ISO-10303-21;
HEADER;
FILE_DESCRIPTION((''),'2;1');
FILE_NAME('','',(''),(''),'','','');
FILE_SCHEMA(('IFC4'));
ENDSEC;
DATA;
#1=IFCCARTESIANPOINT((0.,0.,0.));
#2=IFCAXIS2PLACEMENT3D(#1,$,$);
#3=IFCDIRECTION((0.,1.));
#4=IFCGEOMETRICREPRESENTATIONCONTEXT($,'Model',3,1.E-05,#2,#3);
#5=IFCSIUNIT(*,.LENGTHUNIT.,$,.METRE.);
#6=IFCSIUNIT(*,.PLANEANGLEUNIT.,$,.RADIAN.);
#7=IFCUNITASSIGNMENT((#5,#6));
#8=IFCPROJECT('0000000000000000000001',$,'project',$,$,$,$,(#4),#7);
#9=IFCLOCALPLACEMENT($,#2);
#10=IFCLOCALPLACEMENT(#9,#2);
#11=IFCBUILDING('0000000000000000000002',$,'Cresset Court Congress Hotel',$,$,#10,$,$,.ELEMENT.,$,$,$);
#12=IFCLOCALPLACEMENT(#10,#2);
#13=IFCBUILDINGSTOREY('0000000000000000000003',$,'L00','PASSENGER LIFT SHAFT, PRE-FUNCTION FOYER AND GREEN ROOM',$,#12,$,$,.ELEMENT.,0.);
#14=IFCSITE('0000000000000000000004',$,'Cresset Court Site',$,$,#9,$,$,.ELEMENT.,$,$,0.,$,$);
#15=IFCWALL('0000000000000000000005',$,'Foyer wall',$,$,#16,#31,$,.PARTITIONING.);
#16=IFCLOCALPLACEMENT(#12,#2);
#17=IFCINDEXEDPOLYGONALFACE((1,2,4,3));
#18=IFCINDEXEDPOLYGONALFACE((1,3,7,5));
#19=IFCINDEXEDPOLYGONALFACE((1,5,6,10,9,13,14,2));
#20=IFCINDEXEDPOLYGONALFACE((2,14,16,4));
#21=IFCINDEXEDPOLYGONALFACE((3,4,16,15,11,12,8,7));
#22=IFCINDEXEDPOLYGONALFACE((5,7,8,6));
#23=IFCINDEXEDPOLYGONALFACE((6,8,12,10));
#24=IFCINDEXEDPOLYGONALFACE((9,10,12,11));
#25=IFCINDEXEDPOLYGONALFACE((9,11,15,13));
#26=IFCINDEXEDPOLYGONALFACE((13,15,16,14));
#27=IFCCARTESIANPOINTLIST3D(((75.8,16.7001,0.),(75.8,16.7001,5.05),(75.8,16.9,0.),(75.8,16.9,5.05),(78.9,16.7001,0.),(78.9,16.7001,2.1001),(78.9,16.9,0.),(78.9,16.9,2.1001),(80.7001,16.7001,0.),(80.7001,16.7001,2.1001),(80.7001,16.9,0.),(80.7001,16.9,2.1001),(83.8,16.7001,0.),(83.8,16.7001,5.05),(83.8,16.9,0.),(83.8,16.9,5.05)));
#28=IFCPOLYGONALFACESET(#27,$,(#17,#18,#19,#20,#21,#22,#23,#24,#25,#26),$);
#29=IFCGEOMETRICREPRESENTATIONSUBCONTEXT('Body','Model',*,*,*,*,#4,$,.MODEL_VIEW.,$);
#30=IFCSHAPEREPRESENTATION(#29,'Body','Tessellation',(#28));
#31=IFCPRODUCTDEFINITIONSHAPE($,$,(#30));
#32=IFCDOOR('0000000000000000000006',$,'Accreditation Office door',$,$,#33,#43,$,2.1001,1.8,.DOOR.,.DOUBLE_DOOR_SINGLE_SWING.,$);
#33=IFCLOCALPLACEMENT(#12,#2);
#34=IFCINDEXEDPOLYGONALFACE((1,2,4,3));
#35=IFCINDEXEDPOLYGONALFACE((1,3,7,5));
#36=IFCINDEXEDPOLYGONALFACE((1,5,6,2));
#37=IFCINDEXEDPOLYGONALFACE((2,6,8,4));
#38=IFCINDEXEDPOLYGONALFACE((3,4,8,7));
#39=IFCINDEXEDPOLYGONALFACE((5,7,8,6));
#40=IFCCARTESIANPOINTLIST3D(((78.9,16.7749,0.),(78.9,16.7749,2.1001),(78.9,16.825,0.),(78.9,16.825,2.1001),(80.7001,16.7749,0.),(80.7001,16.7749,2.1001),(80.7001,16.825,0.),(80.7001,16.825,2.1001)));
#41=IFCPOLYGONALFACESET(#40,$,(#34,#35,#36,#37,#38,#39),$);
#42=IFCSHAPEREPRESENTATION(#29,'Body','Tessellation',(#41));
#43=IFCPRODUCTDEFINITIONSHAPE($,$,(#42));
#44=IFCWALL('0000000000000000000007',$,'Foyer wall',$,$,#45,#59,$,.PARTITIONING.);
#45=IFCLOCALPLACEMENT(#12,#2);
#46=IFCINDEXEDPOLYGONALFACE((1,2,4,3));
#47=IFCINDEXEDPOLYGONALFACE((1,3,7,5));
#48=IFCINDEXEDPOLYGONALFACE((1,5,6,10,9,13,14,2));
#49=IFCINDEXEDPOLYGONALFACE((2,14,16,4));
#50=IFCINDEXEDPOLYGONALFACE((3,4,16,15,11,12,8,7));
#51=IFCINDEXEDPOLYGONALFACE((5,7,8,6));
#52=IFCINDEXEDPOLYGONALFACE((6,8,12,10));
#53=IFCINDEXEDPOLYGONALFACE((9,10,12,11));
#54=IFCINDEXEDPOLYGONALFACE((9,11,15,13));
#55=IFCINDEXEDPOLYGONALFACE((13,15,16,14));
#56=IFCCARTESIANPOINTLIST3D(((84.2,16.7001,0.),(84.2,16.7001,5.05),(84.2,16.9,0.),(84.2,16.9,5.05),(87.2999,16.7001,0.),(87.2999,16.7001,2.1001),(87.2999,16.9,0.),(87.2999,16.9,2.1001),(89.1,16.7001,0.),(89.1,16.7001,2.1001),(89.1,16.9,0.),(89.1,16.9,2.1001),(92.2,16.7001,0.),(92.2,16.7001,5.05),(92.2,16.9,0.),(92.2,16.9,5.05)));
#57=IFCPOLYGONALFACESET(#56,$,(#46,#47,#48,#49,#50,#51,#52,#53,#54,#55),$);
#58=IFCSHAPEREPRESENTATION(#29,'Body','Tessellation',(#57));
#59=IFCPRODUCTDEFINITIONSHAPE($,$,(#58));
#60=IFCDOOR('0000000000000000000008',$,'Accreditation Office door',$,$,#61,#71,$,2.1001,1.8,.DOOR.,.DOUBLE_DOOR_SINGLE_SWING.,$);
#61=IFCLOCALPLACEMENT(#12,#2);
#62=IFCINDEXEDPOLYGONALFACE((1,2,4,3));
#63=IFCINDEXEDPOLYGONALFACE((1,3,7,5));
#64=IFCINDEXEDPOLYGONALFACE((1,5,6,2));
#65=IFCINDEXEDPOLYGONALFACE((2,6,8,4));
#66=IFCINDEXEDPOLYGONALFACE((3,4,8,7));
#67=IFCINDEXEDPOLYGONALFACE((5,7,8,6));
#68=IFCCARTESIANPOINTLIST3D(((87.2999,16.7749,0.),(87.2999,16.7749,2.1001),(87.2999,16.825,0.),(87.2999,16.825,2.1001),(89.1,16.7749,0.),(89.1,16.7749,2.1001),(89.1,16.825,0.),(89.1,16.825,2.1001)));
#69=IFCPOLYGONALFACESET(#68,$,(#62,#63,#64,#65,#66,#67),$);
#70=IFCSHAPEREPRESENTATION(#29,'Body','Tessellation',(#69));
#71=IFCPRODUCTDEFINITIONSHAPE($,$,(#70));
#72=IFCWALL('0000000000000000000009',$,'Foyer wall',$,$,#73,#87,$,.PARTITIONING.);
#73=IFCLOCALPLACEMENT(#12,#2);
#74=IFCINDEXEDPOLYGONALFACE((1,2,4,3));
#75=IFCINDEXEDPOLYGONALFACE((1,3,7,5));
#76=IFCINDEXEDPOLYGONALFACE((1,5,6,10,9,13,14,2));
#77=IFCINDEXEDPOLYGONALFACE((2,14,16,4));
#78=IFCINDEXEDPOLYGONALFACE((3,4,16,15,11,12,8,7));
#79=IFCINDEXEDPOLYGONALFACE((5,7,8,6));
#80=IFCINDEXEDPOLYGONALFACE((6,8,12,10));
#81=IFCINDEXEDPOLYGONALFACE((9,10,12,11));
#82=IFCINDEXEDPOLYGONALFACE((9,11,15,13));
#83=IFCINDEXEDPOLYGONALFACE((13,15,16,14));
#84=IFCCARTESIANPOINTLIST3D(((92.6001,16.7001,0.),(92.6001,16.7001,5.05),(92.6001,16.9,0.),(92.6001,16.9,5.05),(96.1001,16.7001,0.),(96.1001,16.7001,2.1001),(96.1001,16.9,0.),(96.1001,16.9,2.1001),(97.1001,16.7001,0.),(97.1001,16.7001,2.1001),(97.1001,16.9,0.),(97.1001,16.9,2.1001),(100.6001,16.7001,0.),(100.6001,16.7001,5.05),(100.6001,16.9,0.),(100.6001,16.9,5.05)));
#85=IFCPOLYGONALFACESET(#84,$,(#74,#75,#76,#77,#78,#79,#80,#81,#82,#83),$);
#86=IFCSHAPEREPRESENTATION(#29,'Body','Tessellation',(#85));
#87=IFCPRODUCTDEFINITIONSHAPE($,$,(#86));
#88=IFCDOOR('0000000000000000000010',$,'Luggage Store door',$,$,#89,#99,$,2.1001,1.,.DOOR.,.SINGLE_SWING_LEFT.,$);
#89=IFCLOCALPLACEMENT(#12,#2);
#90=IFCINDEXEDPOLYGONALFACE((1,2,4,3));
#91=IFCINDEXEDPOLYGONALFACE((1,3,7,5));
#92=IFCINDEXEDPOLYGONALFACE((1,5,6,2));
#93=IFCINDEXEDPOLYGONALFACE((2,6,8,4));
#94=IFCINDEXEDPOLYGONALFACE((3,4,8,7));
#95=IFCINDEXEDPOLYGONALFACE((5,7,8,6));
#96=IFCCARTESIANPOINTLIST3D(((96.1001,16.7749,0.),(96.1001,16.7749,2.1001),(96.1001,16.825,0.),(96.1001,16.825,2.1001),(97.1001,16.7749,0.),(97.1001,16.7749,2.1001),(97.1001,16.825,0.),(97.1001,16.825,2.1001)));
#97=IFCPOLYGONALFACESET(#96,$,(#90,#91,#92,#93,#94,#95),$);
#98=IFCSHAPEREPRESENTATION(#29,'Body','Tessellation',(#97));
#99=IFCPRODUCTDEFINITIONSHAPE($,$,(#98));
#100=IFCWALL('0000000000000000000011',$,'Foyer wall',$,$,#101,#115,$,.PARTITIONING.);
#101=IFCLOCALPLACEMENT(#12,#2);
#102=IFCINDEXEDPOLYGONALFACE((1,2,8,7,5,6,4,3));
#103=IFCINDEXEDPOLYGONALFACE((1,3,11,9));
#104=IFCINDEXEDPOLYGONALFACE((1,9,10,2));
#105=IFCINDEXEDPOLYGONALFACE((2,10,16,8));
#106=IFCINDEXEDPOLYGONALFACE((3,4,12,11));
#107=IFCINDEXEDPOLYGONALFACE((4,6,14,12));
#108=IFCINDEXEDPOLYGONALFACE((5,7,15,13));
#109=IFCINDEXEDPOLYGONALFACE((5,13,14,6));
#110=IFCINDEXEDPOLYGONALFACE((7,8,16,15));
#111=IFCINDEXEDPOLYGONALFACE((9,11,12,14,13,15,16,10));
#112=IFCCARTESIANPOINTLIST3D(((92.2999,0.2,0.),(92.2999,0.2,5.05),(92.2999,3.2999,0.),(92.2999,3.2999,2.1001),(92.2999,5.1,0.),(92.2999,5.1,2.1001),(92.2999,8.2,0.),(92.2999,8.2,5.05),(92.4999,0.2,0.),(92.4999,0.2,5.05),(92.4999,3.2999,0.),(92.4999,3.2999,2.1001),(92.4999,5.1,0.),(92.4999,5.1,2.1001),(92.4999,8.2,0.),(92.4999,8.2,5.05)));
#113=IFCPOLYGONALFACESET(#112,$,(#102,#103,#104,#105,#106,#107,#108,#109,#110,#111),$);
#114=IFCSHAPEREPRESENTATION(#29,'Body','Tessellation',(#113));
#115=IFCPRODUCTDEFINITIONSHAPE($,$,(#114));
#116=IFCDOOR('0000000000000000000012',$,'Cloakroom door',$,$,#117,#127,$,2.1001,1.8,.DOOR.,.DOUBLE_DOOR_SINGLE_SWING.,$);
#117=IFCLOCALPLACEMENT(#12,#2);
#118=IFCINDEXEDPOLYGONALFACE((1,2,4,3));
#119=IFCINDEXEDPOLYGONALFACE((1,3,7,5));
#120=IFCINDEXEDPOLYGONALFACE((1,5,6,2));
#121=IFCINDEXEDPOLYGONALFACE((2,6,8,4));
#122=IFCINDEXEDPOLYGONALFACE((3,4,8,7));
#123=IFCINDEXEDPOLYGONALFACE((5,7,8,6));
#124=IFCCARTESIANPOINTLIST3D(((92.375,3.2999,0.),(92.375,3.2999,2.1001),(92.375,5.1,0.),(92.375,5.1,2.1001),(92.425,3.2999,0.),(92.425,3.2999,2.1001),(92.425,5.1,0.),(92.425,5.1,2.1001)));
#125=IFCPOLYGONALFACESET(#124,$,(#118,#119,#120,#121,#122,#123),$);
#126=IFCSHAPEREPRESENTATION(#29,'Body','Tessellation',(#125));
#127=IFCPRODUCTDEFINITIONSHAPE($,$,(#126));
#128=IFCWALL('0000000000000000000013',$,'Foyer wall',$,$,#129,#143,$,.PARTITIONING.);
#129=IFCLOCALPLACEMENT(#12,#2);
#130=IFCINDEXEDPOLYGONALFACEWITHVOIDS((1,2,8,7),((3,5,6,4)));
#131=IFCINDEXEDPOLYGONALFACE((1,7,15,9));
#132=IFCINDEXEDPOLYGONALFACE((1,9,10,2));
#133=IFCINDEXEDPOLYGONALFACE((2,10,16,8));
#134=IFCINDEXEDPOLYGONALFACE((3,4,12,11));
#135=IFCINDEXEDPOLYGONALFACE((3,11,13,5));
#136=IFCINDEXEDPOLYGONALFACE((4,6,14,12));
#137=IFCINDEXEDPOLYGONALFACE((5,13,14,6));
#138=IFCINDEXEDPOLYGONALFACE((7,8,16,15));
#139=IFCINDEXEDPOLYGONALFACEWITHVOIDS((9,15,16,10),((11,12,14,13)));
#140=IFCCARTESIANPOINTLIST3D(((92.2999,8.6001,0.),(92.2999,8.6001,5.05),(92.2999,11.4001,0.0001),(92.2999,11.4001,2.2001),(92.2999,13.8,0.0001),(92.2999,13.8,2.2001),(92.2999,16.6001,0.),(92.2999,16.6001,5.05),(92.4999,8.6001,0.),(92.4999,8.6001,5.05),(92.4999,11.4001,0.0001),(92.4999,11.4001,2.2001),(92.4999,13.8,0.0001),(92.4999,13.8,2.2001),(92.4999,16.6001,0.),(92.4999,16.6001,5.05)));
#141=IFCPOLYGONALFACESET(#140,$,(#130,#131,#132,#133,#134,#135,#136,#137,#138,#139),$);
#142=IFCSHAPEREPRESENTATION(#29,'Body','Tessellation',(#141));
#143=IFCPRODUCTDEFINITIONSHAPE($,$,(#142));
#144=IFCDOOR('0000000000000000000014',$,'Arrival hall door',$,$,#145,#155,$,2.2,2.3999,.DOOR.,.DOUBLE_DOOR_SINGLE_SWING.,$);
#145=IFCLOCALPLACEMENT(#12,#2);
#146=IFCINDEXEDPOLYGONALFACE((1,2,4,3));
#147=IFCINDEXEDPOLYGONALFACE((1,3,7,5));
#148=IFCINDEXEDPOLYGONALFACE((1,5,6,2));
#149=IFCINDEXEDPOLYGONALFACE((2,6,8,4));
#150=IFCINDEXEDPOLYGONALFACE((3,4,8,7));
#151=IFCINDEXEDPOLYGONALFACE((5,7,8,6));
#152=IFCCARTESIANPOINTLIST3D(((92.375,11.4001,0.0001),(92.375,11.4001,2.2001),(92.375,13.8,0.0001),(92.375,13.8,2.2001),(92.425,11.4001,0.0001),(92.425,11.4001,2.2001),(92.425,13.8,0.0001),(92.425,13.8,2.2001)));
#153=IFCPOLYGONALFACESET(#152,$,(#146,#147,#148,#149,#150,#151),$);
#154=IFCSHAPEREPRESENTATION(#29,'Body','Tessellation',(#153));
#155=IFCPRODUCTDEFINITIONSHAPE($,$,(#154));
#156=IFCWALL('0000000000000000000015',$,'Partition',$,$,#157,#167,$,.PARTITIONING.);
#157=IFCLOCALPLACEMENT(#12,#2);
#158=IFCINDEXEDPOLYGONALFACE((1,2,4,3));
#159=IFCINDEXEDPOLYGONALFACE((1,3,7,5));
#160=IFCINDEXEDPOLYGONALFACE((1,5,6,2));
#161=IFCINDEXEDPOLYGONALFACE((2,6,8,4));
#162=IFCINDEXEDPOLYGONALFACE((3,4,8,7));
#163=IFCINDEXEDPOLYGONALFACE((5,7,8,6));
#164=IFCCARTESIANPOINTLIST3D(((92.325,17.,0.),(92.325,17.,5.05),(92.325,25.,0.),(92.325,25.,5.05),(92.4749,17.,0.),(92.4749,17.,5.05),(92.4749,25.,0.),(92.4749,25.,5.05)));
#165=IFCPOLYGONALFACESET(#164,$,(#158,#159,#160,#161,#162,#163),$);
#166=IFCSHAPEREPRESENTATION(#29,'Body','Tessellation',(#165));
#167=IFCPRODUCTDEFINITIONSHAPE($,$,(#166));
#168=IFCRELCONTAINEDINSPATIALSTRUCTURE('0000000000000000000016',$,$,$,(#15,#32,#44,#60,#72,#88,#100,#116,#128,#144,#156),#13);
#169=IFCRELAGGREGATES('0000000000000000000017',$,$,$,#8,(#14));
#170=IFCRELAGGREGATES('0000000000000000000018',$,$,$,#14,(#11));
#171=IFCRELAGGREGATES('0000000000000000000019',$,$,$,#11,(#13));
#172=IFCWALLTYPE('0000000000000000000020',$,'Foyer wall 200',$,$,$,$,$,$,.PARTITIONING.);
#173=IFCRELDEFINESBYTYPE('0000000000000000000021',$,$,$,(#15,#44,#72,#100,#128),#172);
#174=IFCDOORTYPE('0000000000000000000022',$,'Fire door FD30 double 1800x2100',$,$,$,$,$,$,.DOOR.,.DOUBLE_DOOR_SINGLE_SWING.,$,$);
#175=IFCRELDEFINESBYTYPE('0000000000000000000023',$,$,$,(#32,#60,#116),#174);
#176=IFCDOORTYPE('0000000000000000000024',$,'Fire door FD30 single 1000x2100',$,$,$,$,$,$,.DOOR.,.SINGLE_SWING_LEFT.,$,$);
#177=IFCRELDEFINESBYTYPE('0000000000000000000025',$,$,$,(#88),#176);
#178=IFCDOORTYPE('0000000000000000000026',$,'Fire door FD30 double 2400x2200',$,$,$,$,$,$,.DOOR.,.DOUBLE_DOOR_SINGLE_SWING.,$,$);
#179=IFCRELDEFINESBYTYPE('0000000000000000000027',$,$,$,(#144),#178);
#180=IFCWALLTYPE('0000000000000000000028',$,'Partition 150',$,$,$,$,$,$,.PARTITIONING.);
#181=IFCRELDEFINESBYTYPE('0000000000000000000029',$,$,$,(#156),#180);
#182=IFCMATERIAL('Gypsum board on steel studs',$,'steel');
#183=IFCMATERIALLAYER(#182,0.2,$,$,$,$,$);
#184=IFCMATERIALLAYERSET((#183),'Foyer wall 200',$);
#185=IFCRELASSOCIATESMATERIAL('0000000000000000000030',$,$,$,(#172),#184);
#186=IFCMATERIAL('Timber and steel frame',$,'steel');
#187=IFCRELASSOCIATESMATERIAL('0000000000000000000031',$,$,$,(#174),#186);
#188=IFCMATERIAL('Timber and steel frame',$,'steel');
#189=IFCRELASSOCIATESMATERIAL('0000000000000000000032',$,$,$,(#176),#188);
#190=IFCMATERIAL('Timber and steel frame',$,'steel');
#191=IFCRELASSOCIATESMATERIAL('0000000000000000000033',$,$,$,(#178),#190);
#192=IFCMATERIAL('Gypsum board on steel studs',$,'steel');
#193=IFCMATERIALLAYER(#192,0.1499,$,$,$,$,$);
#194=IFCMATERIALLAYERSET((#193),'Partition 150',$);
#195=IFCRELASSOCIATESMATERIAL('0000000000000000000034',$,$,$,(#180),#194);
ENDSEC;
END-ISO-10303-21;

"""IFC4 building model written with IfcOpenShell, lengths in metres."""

from ifc_helpers import new_model, si_unit, direction, frame, frame_2d, origin, place, context, subcontext, project, spatial, rectangle, extrude, material, layer, layer_set, type_object, element, fill, save


model = new_model("IFC4")

# Units and contexts
model_context = context("Model", 3, precision=1e-05, world=origin(), true_north=direction((0.0, 1.0)))
body_context = subcontext(model_context, "Body", "Model", "MODEL_VIEW")
ifc_project = project(units=[si_unit("LENGTHUNIT", "METRE"), si_unit("PLANEANGLEUNIT", "RADIAN")], contexts=[model_context])

# Site, building, storey
site_placement = place(None, origin())
site = spatial("IfcSite", under=ifc_project, at=site_placement, Name="Cresset Court Site", CompositionType="ELEMENT", RefElevation=0.0)
building_placement = place(site_placement, origin())
building = spatial("IfcBuilding", under=site, at=building_placement, Name="Cresset Court Congress Hotel", CompositionType="ELEMENT")
storey_placement = place(building_placement, origin())
storey = spatial("IfcBuildingStorey", under=building, at=storey_placement, Name="L00", Description="PASSENGER LIFT SHAFT, PRE-FUNCTION FOYER AND GREEN ROOM", CompositionType="ELEMENT", Elevation=0.0)

# Shared definitions
ifc_material_1 = material(Name="Gypsum board on steel studs", Category="steel")
ifc_layer_1 = layer(ifc_material_1, 0.2)
ifc_layer_set_1 = layer_set([ifc_layer_1], Name="Foyer wall 200")
wall_type_1 = type_object("IfcWallType", Name="Foyer wall 200", PredefinedType="PARTITIONING", material=ifc_layer_set_1)

# Walls, openings, doors
wall_1_placement = place(storey_placement, frame((75.8, 16.8, 0.0), z_axis=(0.0, 0.0, 1.0), x_axis=(1.0, 0.0, 0.0)))
wall_1 = element("IfcWall", 1, at=wall_1_placement, inside=storey, type_object=wall_type_1, Name="Foyer wall", PredefinedType="PARTITIONING", context=body_context, shape_type="SweptSolid", body=[
    extrude(rectangle(XDim=8.0, YDim=0.2, at=frame_2d((4.0, 0.0))), origin(), (0.0, 0.0, 1.0), 5.05),
])
opening_1_placement = place(wall_1_placement, frame((3.1001, 0.0, 0.0)))
opening_1 = element("IfcOpeningElement", 2, at=opening_1_placement, cuts=wall_1, PredefinedType="OPENING", context=body_context, shape_type="SweptSolid", body=[
    extrude(rectangle(XDim=1.8, YDim=2.1001, at=frame_2d((0.8999, 1.05))), frame((0.0, 0.1099, 0.0), z_axis=(0.0, -1.0, 0.0), x_axis=(1.0, 0.0, 0.0)), (0.0, 0.0, 1.0), 0.22),
])
ifc_material_2 = material(Name="Timber and steel frame", Category="steel")
door_type_1 = type_object("IfcDoorType", Name="Fire door FD30 double 1800x2100", OperationType="DOUBLE_DOOR_SINGLE_SWING", PredefinedType="DOOR", material=ifc_material_2)
door_1_placement = place(opening_1_placement, origin())
door_1 = element("IfcDoor", 3, at=door_1_placement, inside=storey, type_object=door_type_1, Name="Accreditation Office door", OperationType="DOUBLE_DOOR_SINGLE_SWING", OverallHeight=2.1001, OverallWidth=1.8, PredefinedType="DOOR", context=body_context, shape_type="SweptSolid", body=[
    extrude(rectangle(XDim=1.8, YDim=2.1001, at=frame_2d((0.8999, 1.05))), frame((0.0, 0.0249, 0.0), z_axis=(0.0, -1.0, 0.0), x_axis=(1.0, 0.0, 0.0)), (0.0, 0.0, 1.0), 0.05),
])
fill(opening_1, door_1)
wall_2_placement = place(storey_placement, frame((84.2, 16.8, 0.0), z_axis=(0.0, 0.0, 1.0), x_axis=(1.0, 0.0, 0.0)))
wall_2 = element("IfcWall", 4, at=wall_2_placement, inside=storey, type_object=wall_type_1, Name="Foyer wall", PredefinedType="PARTITIONING", context=body_context, shape_type="SweptSolid", body=[
    extrude(rectangle(XDim=8.0, YDim=0.2, at=frame_2d((4.0, 0.0))), origin(), (0.0, 0.0, 1.0), 5.05),
])
opening_2_placement = place(wall_2_placement, frame((3.1001, 0.0, 0.0)))
opening_2 = element("IfcOpeningElement", 5, at=opening_2_placement, cuts=wall_2, PredefinedType="OPENING", context=body_context, shape_type="SweptSolid", body=[
    extrude(rectangle(XDim=1.8, YDim=2.1001, at=frame_2d((0.8999, 1.05))), frame((0.0, 0.1099, 0.0), z_axis=(0.0, -1.0, 0.0), x_axis=(1.0, 0.0, 0.0)), (0.0, 0.0, 1.0), 0.22),
])
door_2_placement = place(opening_2_placement, origin())
door_2 = element("IfcDoor", 6, at=door_2_placement, inside=storey, type_object=door_type_1, Name="Accreditation Office door", OperationType="DOUBLE_DOOR_SINGLE_SWING", OverallHeight=2.1001, OverallWidth=1.8, PredefinedType="DOOR", context=body_context, shape_type="SweptSolid", body=[
    extrude(rectangle(XDim=1.8, YDim=2.1001, at=frame_2d((0.8999, 1.05))), frame((0.0, 0.0249, 0.0), z_axis=(0.0, -1.0, 0.0), x_axis=(1.0, 0.0, 0.0)), (0.0, 0.0, 1.0), 0.05),
])
fill(opening_2, door_2)
wall_3_placement = place(storey_placement, frame((92.6001, 16.8, 0.0), z_axis=(0.0, 0.0, 1.0), x_axis=(1.0, 0.0, 0.0)))
wall_3 = element("IfcWall", 7, at=wall_3_placement, inside=storey, type_object=wall_type_1, Name="Foyer wall", PredefinedType="PARTITIONING", context=body_context, shape_type="SweptSolid", body=[
    extrude(rectangle(XDim=8.0, YDim=0.2, at=frame_2d((4.0, 0.0))), origin(), (0.0, 0.0, 1.0), 5.05),
])
opening_3_placement = place(wall_3_placement, frame((3.5, 0.0, 0.0)))
opening_3 = element("IfcOpeningElement", 8, at=opening_3_placement, cuts=wall_3, PredefinedType="OPENING", context=body_context, shape_type="SweptSolid", body=[
    extrude(rectangle(XDim=1.0, YDim=2.1001, at=frame_2d((0.5, 1.05))), frame((0.0, 0.1099, 0.0), z_axis=(0.0, -1.0, 0.0), x_axis=(1.0, 0.0, 0.0)), (0.0, 0.0, 1.0), 0.22),
])
ifc_material_3 = material(Name="Timber and steel frame", Category="steel")
door_type_2 = type_object("IfcDoorType", Name="Fire door FD30 single 1000x2100", OperationType="SINGLE_SWING_LEFT", PredefinedType="DOOR", material=ifc_material_3)
door_3_placement = place(opening_3_placement, origin())
door_3 = element("IfcDoor", 9, at=door_3_placement, inside=storey, type_object=door_type_2, Name="Luggage Store door", OperationType="SINGLE_SWING_LEFT", OverallHeight=2.1001, OverallWidth=1.0, PredefinedType="DOOR", context=body_context, shape_type="SweptSolid", body=[
    extrude(rectangle(XDim=1.0, YDim=2.1001, at=frame_2d((0.5, 1.05))), frame((0.0, 0.0249, 0.0), z_axis=(0.0, -1.0, 0.0), x_axis=(1.0, 0.0, 0.0)), (0.0, 0.0, 1.0), 0.05),
])
fill(opening_3, door_3)
wall_4_placement = place(storey_placement, frame((92.3999, 0.2, 0.0), z_axis=(0.0, 0.0, 1.0), x_axis=(0.0, 1.0, 0.0)))
wall_4 = element("IfcWall", 10, at=wall_4_placement, inside=storey, type_object=wall_type_1, Name="Foyer wall", PredefinedType="PARTITIONING", context=body_context, shape_type="SweptSolid", body=[
    extrude(rectangle(XDim=8.0, YDim=0.2, at=frame_2d((4.0, 0.0))), origin(), (0.0, 0.0, 1.0), 5.05),
])
opening_4_placement = place(wall_4_placement, frame((3.1001, 0.0, 0.0)))
opening_4 = element("IfcOpeningElement", 11, at=opening_4_placement, cuts=wall_4, PredefinedType="OPENING", context=body_context, shape_type="SweptSolid", body=[
    extrude(rectangle(XDim=1.8, YDim=2.1001, at=frame_2d((0.8999, 1.05))), frame((0.0, 0.1099, 0.0), z_axis=(0.0, -1.0, 0.0), x_axis=(1.0, 0.0, 0.0)), (0.0, 0.0, 1.0), 0.22),
])
door_4_placement = place(opening_4_placement, origin())
door_4 = element("IfcDoor", 12, at=door_4_placement, inside=storey, type_object=door_type_1, Name="Cloakroom door", OperationType="DOUBLE_DOOR_SINGLE_SWING", OverallHeight=2.1001, OverallWidth=1.8, PredefinedType="DOOR", context=body_context, shape_type="SweptSolid", body=[
    extrude(rectangle(XDim=1.8, YDim=2.1001, at=frame_2d((0.8999, 1.05))), frame((0.0, 0.0249, 0.0), z_axis=(0.0, -1.0, 0.0), x_axis=(1.0, 0.0, 0.0)), (0.0, 0.0, 1.0), 0.05),
])
fill(opening_4, door_4)
wall_5_placement = place(storey_placement, frame((92.3999, 8.6001, 0.0), z_axis=(0.0, 0.0, 1.0), x_axis=(0.0, 1.0, 0.0)))
wall_5 = element("IfcWall", 13, at=wall_5_placement, inside=storey, type_object=wall_type_1, Name="Foyer wall", PredefinedType="PARTITIONING", context=body_context, shape_type="SweptSolid", body=[
    extrude(rectangle(XDim=8.0, YDim=0.2, at=frame_2d((4.0, 0.0))), origin(), (0.0, 0.0, 1.0), 5.05),
])
opening_5_placement = place(wall_5_placement, frame((2.8, 0.0, 0.0)))
opening_5 = element("IfcOpeningElement", 14, at=opening_5_placement, cuts=wall_5, PredefinedType="OPENING", context=body_context, shape_type="SweptSolid", body=[
    extrude(rectangle(XDim=2.3999, YDim=2.2, at=frame_2d((1.2, 1.1001))), frame((0.0, 0.1099, 0.0), z_axis=(0.0, -1.0, 0.0), x_axis=(1.0, 0.0, 0.0)), (0.0, 0.0, 1.0), 0.22),
])
ifc_material_4 = material(Name="Timber and steel frame", Category="steel")
door_type_3 = type_object("IfcDoorType", Name="Fire door FD30 double 2400x2200", OperationType="DOUBLE_DOOR_SINGLE_SWING", PredefinedType="DOOR", material=ifc_material_4)
door_5_placement = place(opening_5_placement, origin())
door_5 = element("IfcDoor", 15, at=door_5_placement, inside=storey, type_object=door_type_3, Name="Arrival hall door", OperationType="DOUBLE_DOOR_SINGLE_SWING", OverallHeight=2.2, OverallWidth=2.3999, PredefinedType="DOOR", context=body_context, shape_type="SweptSolid", body=[
    extrude(rectangle(XDim=2.3999, YDim=2.2, at=frame_2d((1.2, 1.1001))), frame((0.0, 0.0249, 0.0), z_axis=(0.0, -1.0, 0.0), x_axis=(1.0, 0.0, 0.0)), (0.0, 0.0, 1.0), 0.05),
])
fill(opening_5, door_5)

# Wall
ifc_material_5 = material(Name="Gypsum board on steel studs", Category="steel")
ifc_layer_2 = layer(ifc_material_5, 0.1499)
ifc_layer_set_2 = layer_set([ifc_layer_2], Name="Partition 150")
wall_type_2 = type_object("IfcWallType", Name="Partition 150", PredefinedType="PARTITIONING", material=ifc_layer_set_2)
wall_6_placement = place(storey_placement, frame((92.3999, 17.0, 0.0), z_axis=(0.0, 0.0, 1.0), x_axis=(0.0, 1.0, 0.0)))
element("IfcWall", 16, at=wall_6_placement, inside=storey, type_object=wall_type_2, Name="Partition", PredefinedType="PARTITIONING", context=body_context, shape_type="SweptSolid", body=[
    extrude(rectangle(XDim=8.0, YDim=0.1499, at=frame_2d((4.0, 0.0))), origin(), (0.0, 0.0, 1.0), 5.05),
])

save(model, "model.ifc")
